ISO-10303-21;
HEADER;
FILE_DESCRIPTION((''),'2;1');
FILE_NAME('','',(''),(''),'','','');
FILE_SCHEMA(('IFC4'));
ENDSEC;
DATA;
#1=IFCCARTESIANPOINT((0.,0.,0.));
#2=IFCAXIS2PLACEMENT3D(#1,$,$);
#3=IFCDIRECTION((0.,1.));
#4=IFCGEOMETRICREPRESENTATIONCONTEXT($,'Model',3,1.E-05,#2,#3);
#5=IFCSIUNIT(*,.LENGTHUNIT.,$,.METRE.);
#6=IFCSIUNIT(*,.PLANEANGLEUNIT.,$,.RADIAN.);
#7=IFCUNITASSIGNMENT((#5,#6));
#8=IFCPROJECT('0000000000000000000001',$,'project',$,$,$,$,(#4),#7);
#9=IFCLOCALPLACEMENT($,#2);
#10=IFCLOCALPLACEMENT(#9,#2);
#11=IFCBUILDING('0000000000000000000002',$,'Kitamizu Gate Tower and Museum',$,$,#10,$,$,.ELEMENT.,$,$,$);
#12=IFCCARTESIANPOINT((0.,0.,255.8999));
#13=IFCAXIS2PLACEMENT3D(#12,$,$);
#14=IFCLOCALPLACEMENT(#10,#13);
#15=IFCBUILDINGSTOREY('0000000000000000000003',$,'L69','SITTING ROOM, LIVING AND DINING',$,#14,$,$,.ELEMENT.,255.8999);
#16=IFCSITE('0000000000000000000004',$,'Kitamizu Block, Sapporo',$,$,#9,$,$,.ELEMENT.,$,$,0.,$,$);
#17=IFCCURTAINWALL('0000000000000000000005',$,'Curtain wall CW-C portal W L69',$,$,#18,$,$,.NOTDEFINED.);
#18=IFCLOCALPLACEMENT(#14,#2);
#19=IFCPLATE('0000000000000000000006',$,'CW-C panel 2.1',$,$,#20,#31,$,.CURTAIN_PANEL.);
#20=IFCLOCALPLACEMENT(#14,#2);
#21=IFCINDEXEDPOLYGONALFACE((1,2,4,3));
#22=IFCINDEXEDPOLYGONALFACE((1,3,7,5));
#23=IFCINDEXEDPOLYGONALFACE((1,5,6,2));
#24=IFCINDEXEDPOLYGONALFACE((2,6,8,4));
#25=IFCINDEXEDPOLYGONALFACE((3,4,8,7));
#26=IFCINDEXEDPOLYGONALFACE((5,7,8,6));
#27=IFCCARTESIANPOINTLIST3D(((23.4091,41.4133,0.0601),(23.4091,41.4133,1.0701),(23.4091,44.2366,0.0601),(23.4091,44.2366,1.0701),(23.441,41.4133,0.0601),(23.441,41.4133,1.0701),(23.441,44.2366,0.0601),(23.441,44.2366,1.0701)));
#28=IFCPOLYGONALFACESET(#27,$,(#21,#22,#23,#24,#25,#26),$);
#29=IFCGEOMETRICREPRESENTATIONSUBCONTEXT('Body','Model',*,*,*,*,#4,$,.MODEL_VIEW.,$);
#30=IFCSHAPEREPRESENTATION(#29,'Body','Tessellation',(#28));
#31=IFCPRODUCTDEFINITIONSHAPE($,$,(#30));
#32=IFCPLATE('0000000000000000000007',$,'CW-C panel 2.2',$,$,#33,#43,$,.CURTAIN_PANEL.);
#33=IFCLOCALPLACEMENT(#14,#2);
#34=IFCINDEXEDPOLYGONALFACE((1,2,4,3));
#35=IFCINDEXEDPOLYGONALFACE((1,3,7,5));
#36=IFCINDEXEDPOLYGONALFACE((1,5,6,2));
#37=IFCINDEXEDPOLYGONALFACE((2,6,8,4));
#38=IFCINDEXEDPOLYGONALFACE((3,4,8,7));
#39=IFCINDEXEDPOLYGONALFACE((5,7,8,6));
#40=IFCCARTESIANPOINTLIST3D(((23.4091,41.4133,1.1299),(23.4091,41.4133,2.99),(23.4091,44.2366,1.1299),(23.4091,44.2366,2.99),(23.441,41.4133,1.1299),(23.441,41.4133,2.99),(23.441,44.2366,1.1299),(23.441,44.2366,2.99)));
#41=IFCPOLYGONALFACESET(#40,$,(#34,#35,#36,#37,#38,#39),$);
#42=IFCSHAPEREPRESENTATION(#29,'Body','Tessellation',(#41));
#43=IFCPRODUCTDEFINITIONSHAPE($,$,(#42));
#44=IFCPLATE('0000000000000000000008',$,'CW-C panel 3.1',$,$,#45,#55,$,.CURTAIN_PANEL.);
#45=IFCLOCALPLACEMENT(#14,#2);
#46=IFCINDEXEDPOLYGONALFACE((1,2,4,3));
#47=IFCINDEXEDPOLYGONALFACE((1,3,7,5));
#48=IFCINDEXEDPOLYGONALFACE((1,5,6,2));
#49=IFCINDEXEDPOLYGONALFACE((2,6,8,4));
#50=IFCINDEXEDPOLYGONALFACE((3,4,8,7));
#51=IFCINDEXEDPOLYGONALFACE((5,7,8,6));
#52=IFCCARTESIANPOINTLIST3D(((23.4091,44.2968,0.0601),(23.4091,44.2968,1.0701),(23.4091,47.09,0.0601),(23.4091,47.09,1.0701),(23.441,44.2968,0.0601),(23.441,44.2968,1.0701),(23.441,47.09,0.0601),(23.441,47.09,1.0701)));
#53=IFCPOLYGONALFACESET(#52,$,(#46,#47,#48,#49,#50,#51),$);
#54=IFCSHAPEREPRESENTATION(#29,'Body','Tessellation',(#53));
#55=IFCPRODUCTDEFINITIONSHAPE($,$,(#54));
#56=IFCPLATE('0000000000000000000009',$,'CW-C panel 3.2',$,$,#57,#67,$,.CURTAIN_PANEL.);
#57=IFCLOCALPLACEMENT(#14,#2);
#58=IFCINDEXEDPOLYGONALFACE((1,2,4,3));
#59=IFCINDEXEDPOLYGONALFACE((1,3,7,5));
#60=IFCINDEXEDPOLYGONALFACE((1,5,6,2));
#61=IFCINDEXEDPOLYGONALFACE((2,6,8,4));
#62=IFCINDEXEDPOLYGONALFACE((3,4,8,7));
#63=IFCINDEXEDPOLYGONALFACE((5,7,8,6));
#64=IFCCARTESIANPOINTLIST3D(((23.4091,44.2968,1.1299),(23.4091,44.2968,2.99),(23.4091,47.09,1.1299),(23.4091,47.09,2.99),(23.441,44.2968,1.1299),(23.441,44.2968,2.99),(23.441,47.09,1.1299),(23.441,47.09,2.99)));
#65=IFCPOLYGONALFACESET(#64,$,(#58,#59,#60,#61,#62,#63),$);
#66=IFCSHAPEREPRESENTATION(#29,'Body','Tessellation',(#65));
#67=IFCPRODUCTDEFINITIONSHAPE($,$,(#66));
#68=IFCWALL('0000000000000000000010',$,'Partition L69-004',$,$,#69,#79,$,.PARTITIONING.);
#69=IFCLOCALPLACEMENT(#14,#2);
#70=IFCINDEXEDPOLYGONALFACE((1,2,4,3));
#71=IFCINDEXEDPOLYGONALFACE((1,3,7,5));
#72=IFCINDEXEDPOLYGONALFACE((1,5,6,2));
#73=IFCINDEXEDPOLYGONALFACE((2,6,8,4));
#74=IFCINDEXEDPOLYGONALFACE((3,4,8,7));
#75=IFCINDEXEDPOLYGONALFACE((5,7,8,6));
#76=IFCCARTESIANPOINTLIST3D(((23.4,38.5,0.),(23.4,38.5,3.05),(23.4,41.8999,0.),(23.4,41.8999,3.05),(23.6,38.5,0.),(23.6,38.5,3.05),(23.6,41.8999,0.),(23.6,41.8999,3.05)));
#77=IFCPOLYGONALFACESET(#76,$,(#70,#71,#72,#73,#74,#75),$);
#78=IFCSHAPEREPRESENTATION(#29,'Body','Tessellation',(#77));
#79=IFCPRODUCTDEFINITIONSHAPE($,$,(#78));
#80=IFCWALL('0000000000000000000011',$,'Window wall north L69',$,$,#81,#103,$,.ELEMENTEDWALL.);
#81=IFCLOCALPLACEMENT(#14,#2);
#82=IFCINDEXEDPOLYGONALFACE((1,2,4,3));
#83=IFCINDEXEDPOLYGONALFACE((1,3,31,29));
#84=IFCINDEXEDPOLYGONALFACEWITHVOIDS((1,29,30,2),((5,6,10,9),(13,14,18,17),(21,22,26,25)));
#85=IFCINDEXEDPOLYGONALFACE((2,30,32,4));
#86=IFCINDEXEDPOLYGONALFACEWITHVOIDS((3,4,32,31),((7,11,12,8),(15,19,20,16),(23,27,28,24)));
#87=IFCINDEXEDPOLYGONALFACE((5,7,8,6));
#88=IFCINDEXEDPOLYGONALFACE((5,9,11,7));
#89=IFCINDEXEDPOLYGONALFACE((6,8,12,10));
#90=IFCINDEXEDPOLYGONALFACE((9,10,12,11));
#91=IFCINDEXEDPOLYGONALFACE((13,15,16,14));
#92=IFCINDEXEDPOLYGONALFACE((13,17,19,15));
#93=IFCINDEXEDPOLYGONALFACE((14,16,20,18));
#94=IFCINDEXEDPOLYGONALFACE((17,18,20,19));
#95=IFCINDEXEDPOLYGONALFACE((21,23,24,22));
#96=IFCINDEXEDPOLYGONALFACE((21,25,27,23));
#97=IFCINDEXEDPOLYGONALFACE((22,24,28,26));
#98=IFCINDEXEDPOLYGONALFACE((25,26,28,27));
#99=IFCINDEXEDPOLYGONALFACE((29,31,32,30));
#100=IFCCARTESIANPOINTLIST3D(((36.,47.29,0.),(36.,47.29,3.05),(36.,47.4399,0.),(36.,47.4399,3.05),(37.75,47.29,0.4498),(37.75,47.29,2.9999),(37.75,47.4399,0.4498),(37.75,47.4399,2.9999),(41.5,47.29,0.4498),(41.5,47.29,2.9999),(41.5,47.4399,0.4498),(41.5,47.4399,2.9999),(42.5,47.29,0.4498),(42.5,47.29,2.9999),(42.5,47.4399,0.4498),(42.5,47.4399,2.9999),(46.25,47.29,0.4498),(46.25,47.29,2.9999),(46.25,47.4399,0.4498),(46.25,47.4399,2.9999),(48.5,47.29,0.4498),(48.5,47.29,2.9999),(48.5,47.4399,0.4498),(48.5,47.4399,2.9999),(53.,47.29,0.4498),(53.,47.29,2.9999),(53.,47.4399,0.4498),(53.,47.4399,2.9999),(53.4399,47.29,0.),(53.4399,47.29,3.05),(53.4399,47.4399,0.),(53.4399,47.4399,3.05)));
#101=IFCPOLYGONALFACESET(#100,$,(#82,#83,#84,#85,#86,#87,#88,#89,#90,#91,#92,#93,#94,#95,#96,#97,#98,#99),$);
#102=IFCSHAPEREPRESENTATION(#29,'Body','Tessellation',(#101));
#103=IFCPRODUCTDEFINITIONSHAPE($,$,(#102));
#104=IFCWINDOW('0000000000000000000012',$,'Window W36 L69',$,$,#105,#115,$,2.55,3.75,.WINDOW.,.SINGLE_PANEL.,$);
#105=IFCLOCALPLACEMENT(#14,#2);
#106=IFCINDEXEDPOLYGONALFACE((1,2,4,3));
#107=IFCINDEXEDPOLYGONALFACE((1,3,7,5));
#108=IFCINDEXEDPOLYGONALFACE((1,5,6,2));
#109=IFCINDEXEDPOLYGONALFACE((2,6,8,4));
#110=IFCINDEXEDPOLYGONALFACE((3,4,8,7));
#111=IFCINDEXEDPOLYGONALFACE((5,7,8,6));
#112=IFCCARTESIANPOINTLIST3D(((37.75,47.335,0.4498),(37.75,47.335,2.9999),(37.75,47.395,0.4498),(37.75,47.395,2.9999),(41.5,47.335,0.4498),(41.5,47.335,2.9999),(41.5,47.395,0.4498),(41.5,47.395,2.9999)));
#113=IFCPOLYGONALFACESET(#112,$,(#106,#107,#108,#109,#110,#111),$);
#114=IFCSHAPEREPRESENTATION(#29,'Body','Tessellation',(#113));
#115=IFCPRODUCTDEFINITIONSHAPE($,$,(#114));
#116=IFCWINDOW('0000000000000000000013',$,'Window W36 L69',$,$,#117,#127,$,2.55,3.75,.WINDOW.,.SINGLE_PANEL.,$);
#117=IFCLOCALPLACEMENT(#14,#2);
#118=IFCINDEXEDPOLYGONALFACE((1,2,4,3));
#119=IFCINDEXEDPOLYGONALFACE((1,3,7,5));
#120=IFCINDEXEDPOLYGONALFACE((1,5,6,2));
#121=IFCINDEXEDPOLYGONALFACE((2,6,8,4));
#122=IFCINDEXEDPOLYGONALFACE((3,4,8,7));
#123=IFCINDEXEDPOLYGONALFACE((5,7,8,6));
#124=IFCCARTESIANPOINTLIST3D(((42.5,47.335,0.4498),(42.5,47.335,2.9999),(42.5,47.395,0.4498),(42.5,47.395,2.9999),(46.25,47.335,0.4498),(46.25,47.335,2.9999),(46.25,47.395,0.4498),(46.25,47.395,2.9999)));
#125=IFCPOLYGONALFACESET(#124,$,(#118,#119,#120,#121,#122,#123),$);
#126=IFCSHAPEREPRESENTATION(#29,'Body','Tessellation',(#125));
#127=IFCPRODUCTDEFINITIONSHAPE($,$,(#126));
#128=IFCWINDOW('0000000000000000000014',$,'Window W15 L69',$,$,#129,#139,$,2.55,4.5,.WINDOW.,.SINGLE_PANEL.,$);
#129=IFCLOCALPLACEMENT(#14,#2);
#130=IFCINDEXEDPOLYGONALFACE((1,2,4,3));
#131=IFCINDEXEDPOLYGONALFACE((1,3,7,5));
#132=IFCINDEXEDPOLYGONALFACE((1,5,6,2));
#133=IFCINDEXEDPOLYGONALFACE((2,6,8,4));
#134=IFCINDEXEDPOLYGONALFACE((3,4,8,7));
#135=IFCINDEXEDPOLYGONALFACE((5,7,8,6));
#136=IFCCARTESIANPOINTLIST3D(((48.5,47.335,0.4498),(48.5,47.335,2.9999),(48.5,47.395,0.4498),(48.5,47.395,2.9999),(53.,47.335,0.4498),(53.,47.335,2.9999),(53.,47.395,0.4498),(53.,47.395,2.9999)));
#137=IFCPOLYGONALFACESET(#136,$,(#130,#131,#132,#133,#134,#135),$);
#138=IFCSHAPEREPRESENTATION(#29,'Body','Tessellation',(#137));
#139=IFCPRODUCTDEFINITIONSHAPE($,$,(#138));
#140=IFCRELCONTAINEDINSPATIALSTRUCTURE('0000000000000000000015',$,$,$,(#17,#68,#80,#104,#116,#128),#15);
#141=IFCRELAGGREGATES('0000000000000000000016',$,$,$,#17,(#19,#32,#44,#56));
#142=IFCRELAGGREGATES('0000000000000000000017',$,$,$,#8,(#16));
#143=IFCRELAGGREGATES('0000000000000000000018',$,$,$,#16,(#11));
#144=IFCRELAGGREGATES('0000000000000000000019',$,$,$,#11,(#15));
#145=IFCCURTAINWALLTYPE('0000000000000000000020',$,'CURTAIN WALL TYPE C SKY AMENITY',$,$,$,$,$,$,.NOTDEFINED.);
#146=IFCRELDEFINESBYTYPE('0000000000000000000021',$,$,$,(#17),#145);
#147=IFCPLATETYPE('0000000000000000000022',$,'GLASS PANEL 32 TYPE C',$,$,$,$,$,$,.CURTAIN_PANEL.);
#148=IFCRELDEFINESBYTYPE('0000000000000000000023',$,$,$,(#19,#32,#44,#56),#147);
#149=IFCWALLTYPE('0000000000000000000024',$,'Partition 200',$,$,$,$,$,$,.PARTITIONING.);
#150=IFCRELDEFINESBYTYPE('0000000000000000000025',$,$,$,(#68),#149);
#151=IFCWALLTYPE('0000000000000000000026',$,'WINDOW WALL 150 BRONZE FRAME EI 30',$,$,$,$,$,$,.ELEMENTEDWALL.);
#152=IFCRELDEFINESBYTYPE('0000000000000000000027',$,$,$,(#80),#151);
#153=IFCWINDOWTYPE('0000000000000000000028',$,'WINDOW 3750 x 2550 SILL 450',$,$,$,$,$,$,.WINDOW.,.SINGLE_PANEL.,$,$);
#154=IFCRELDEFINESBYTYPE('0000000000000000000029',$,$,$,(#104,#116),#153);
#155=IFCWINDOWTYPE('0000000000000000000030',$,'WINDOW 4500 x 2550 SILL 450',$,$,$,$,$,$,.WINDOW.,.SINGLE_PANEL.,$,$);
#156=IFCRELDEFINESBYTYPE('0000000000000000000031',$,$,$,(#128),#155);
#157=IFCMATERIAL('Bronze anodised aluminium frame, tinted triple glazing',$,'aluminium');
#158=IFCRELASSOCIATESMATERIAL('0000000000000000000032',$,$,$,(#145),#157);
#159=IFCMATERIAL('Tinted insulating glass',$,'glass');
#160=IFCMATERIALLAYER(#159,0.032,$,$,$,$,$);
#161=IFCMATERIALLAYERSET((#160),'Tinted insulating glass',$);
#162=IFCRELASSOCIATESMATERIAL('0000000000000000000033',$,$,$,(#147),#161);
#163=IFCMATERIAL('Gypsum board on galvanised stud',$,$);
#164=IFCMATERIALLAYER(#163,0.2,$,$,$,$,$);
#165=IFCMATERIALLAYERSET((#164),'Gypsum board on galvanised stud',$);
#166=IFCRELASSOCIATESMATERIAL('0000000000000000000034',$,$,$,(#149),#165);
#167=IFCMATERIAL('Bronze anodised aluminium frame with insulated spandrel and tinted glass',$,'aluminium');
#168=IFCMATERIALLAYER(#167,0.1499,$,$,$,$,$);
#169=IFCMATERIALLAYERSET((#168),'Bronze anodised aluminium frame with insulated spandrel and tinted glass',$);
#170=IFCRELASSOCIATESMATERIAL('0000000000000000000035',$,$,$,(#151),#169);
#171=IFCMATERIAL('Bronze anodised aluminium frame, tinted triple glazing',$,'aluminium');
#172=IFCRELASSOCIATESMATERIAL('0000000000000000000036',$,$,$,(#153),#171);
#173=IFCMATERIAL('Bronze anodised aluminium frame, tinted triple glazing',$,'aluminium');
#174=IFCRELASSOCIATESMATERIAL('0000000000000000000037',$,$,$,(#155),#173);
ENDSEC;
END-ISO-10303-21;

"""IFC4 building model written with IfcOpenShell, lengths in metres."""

from ifc_helpers import new_model, si_unit, direction, frame, frame_2d, origin, origin_2d, place, context, subcontext, project, spatial, rectangle, extrude, material, layer, layer_set, type_object, element, fill, aggregate, save


model = new_model("IFC4")

# Units and contexts
model_context = context("Model", 3, precision=1e-05, world=origin(), true_north=direction((0.0, 1.0)))
body_context = subcontext(model_context, "Body", "Model", "MODEL_VIEW")
ifc_project = project(units=[si_unit("LENGTHUNIT", "METRE"), si_unit("PLANEANGLEUNIT", "RADIAN")], contexts=[model_context])

# Site, building, storey
site_placement = place(None, origin())
site = spatial("IfcSite", under=ifc_project, at=site_placement, Name="Kitamizu Block, Sapporo", CompositionType="ELEMENT", RefElevation=0.0)
building_placement = place(site_placement, origin())
building = spatial("IfcBuilding", under=site, at=building_placement, Name="Kitamizu Gate Tower and Museum", CompositionType="ELEMENT")
storey_placement = place(building_placement, frame((0.0, 0.0, 255.8999)))
storey = spatial("IfcBuildingStorey", under=building, at=storey_placement, Name="L69", Description="SITTING ROOM, LIVING AND DINING", CompositionType="ELEMENT", Elevation=255.8999)

# Curtain wall, plates
ifc_material_1 = material(Name="Bronze anodised aluminium frame, tinted triple glazing", Category="aluminium")
curtain_wall_type = type_object("IfcCurtainWallType", Name="CURTAIN WALL TYPE C SKY AMENITY", PredefinedType="NOTDEFINED", material=ifc_material_1)
curtain_wall_placement = place(storey_placement, origin())
curtain_wall = element("IfcCurtainWall", 1, at=curtain_wall_placement, inside=storey, type_object=curtain_wall_type, Name="Curtain wall CW-C portal W L69", PredefinedType="NOTDEFINED")
ifc_material_2 = material(Name="Tinted insulating glass", Category="glass")
ifc_layer_1 = layer(ifc_material_2, 0.032)
ifc_layer_set_1 = layer_set([ifc_layer_1], Name="Tinted insulating glass")
plate_type = type_object("IfcPlateType", Name="GLASS PANEL 32 TYPE C", PredefinedType="CURTAIN_PANEL", material=ifc_layer_set_1)
plate_1_placement = place(storey_placement, frame((23.425, 42.825, 0.0601), z_axis=(0.0, 0.0, 1.0), x_axis=(0.0, 1.0, 0.0)))
plate_1 = element("IfcPlate", 2, at=plate_1_placement, type_object=plate_type, Name="CW-C panel 2.1", PredefinedType="CURTAIN_PANEL", context=body_context, shape_type="SweptSolid", body=[
    extrude(rectangle(XDim=2.8232, YDim=0.032, at=origin_2d()), origin(), (0.0, 0.0, 1.0), 1.01),
])
plate_2_placement = place(storey_placement, frame((23.425, 42.825, 1.1299), z_axis=(0.0, 0.0, 1.0), x_axis=(0.0, 1.0, 0.0)))
plate_2 = element("IfcPlate", 3, at=plate_2_placement, type_object=plate_type, Name="CW-C panel 2.2", PredefinedType="CURTAIN_PANEL", context=body_context, shape_type="SweptSolid", body=[
    extrude(rectangle(XDim=2.8232, YDim=0.032, at=origin_2d()), origin(), (0.0, 0.0, 1.0), 1.8601),
])
plate_3_placement = place(storey_placement, frame((23.425, 45.6934, 0.0601), z_axis=(0.0, 0.0, 1.0), x_axis=(0.0, 1.0, 0.0)))
plate_3 = element("IfcPlate", 4, at=plate_3_placement, type_object=plate_type, Name="CW-C panel 3.1", PredefinedType="CURTAIN_PANEL", context=body_context, shape_type="SweptSolid", body=[
    extrude(rectangle(XDim=2.7932, YDim=0.032, at=origin_2d()), origin(), (0.0, 0.0, 1.0), 1.01),
])
plate_4_placement = place(storey_placement, frame((23.425, 45.6934, 1.1299), z_axis=(0.0, 0.0, 1.0), x_axis=(0.0, 1.0, 0.0)))
plate_4 = element("IfcPlate", 5, at=plate_4_placement, type_object=plate_type, Name="CW-C panel 3.2", PredefinedType="CURTAIN_PANEL", context=body_context, shape_type="SweptSolid", body=[
    extrude(rectangle(XDim=2.7932, YDim=0.032, at=origin_2d()), origin(), (0.0, 0.0, 1.0), 1.8601),
])
aggregate(curtain_wall, [plate_1, plate_2, plate_3, plate_4])

# Wall
ifc_material_3 = material(Name="Gypsum board on galvanised stud")
ifc_layer_2 = layer(ifc_material_3, 0.2)
ifc_layer_set_2 = layer_set([ifc_layer_2], Name="Gypsum board on galvanised stud")
wall_type_1 = type_object("IfcWallType", Name="Partition 200", PredefinedType="PARTITIONING", material=ifc_layer_set_2)
wall_1_placement = place(storey_placement, frame((23.5, 41.8999, 0.0), z_axis=(0.0, 0.0, 1.0), x_axis=(0.0, -1.0, 0.0)))
element("IfcWall", 6, at=wall_1_placement, inside=storey, type_object=wall_type_1, Name="Partition L69-004", PredefinedType="PARTITIONING", context=body_context, shape_type="SweptSolid", body=[
    extrude(rectangle(XDim=3.3999, YDim=0.2, at=frame_2d((1.7, 0.0))), origin(), (0.0, 0.0, 1.0), 3.05),
])

# Wall, openings, windows
ifc_material_4 = material(Name="Bronze anodised aluminium frame with insulated spandrel and tinted glass", Category="aluminium")
ifc_layer_3 = layer(ifc_material_4, 0.1499)
ifc_layer_set_3 = layer_set([ifc_layer_3], Name="Bronze anodised aluminium frame with insulated spandrel and tinted glass")
wall_type_2 = type_object("IfcWallType", Name="WINDOW WALL 150 BRONZE FRAME EI 30", PredefinedType="ELEMENTEDWALL", material=ifc_layer_set_3)
wall_2_placement = place(storey_placement, frame((36.0, 47.365, 0.0), z_axis=(0.0, 0.0, 1.0), x_axis=(1.0, 0.0, 0.0)))
wall_2 = element("IfcWall", 7, at=wall_2_placement, inside=storey, type_object=wall_type_2, Name="Window wall north L69", PredefinedType="ELEMENTEDWALL", context=body_context, shape_type="SweptSolid", body=[
    extrude(rectangle(XDim=17.4399, YDim=0.1499, at=frame_2d((8.72, 0.0))), origin(), (0.0, 0.0, 1.0), 3.05),
])
opening_1_placement = place(wall_2_placement, frame((1.75, 0.0, 0.45)))
opening_1 = element("IfcOpeningElement", 8, at=opening_1_placement, cuts=wall_2, PredefinedType="OPENING", context=body_context, shape_type="SweptSolid", body=[
    extrude(rectangle(XDim=3.75, YDim=2.55, at=frame_2d((1.875, 1.2749))), frame((0.0, 0.085, 0.0), z_axis=(0.0, -1.0, 0.0), x_axis=(1.0, 0.0, 0.0)), (0.0, 0.0, 1.0), 0.1699),
])
opening_2_placement = place(wall_2_placement, frame((6.5, 0.0, 0.45)))
opening_2 = element("IfcOpeningElement", 9, at=opening_2_placement, cuts=wall_2, PredefinedType="OPENING", context=body_context, shape_type="SweptSolid", body=[
    extrude(rectangle(XDim=3.75, YDim=2.55, at=frame_2d((1.875, 1.2749))), frame((0.0, 0.085, 0.0), z_axis=(0.0, -1.0, 0.0), x_axis=(1.0, 0.0, 0.0)), (0.0, 0.0, 1.0), 0.1699),
])
opening_3_placement = place(wall_2_placement, frame((12.5, 0.0, 0.45)))
opening_3 = element("IfcOpeningElement", 10, at=opening_3_placement, cuts=wall_2, PredefinedType="OPENING", context=body_context, shape_type="SweptSolid", body=[
    extrude(rectangle(XDim=4.5, YDim=2.55, at=frame_2d((2.25, 1.2749))), frame((0.0, 0.085, 0.0), z_axis=(0.0, -1.0, 0.0), x_axis=(1.0, 0.0, 0.0)), (0.0, 0.0, 1.0), 0.1699),
])
ifc_material_5 = material(Name="Bronze anodised aluminium frame, tinted triple glazing", Category="aluminium")
window_type_1 = type_object("IfcWindowType", Name="WINDOW 3750 x 2550 SILL 450", PartitioningType="SINGLE_PANEL", PredefinedType="WINDOW", material=ifc_material_5)
window_1_placement = place(opening_1_placement, origin())
window_1 = element("IfcWindow", 11, at=window_1_placement, inside=storey, type_object=window_type_1, Name="Window W36 L69", OverallHeight=2.55, OverallWidth=3.75, PartitioningType="SINGLE_PANEL", PredefinedType="WINDOW", context=body_context, shape_type="SweptSolid", body=[
    extrude(rectangle(XDim=3.75, YDim=2.55, at=frame_2d((1.875, 1.2749))), frame((0.0, 0.03, 0.0), z_axis=(0.0, -1.0, 0.0), x_axis=(1.0, 0.0, 0.0)), (0.0, 0.0, 1.0), 0.0601),
])
fill(opening_1, window_1)
window_2_placement = place(opening_2_placement, origin())
window_2 = element("IfcWindow", 12, at=window_2_placement, inside=storey, type_object=window_type_1, Name="Window W36 L69", OverallHeight=2.55, OverallWidth=3.75, PartitioningType="SINGLE_PANEL", PredefinedType="WINDOW", context=body_context, shape_type="SweptSolid", body=[
    extrude(rectangle(XDim=3.75, YDim=2.55, at=frame_2d((1.875, 1.2749))), frame((0.0, 0.03, 0.0), z_axis=(0.0, -1.0, 0.0), x_axis=(1.0, 0.0, 0.0)), (0.0, 0.0, 1.0), 0.0601),
])
fill(opening_2, window_2)
ifc_material_6 = material(Name="Bronze anodised aluminium frame, tinted triple glazing", Category="aluminium")
window_type_2 = type_object("IfcWindowType", Name="WINDOW 4500 x 2550 SILL 450", PartitioningType="SINGLE_PANEL", PredefinedType="WINDOW", material=ifc_material_6)
window_3_placement = place(opening_3_placement, origin())
window_3 = element("IfcWindow", 13, at=window_3_placement, inside=storey, type_object=window_type_2, Name="Window W15 L69", OverallHeight=2.55, OverallWidth=4.5, PartitioningType="SINGLE_PANEL", PredefinedType="WINDOW", context=body_context, shape_type="SweptSolid", body=[
    extrude(rectangle(XDim=4.5, YDim=2.55, at=frame_2d((2.25, 1.2749))), frame((0.0, 0.03, 0.0), z_axis=(0.0, -1.0, 0.0), x_axis=(1.0, 0.0, 0.0)), (0.0, 0.0, 1.0), 0.0601),
])
fill(opening_3, window_3)

save(model, "model.ifc")
